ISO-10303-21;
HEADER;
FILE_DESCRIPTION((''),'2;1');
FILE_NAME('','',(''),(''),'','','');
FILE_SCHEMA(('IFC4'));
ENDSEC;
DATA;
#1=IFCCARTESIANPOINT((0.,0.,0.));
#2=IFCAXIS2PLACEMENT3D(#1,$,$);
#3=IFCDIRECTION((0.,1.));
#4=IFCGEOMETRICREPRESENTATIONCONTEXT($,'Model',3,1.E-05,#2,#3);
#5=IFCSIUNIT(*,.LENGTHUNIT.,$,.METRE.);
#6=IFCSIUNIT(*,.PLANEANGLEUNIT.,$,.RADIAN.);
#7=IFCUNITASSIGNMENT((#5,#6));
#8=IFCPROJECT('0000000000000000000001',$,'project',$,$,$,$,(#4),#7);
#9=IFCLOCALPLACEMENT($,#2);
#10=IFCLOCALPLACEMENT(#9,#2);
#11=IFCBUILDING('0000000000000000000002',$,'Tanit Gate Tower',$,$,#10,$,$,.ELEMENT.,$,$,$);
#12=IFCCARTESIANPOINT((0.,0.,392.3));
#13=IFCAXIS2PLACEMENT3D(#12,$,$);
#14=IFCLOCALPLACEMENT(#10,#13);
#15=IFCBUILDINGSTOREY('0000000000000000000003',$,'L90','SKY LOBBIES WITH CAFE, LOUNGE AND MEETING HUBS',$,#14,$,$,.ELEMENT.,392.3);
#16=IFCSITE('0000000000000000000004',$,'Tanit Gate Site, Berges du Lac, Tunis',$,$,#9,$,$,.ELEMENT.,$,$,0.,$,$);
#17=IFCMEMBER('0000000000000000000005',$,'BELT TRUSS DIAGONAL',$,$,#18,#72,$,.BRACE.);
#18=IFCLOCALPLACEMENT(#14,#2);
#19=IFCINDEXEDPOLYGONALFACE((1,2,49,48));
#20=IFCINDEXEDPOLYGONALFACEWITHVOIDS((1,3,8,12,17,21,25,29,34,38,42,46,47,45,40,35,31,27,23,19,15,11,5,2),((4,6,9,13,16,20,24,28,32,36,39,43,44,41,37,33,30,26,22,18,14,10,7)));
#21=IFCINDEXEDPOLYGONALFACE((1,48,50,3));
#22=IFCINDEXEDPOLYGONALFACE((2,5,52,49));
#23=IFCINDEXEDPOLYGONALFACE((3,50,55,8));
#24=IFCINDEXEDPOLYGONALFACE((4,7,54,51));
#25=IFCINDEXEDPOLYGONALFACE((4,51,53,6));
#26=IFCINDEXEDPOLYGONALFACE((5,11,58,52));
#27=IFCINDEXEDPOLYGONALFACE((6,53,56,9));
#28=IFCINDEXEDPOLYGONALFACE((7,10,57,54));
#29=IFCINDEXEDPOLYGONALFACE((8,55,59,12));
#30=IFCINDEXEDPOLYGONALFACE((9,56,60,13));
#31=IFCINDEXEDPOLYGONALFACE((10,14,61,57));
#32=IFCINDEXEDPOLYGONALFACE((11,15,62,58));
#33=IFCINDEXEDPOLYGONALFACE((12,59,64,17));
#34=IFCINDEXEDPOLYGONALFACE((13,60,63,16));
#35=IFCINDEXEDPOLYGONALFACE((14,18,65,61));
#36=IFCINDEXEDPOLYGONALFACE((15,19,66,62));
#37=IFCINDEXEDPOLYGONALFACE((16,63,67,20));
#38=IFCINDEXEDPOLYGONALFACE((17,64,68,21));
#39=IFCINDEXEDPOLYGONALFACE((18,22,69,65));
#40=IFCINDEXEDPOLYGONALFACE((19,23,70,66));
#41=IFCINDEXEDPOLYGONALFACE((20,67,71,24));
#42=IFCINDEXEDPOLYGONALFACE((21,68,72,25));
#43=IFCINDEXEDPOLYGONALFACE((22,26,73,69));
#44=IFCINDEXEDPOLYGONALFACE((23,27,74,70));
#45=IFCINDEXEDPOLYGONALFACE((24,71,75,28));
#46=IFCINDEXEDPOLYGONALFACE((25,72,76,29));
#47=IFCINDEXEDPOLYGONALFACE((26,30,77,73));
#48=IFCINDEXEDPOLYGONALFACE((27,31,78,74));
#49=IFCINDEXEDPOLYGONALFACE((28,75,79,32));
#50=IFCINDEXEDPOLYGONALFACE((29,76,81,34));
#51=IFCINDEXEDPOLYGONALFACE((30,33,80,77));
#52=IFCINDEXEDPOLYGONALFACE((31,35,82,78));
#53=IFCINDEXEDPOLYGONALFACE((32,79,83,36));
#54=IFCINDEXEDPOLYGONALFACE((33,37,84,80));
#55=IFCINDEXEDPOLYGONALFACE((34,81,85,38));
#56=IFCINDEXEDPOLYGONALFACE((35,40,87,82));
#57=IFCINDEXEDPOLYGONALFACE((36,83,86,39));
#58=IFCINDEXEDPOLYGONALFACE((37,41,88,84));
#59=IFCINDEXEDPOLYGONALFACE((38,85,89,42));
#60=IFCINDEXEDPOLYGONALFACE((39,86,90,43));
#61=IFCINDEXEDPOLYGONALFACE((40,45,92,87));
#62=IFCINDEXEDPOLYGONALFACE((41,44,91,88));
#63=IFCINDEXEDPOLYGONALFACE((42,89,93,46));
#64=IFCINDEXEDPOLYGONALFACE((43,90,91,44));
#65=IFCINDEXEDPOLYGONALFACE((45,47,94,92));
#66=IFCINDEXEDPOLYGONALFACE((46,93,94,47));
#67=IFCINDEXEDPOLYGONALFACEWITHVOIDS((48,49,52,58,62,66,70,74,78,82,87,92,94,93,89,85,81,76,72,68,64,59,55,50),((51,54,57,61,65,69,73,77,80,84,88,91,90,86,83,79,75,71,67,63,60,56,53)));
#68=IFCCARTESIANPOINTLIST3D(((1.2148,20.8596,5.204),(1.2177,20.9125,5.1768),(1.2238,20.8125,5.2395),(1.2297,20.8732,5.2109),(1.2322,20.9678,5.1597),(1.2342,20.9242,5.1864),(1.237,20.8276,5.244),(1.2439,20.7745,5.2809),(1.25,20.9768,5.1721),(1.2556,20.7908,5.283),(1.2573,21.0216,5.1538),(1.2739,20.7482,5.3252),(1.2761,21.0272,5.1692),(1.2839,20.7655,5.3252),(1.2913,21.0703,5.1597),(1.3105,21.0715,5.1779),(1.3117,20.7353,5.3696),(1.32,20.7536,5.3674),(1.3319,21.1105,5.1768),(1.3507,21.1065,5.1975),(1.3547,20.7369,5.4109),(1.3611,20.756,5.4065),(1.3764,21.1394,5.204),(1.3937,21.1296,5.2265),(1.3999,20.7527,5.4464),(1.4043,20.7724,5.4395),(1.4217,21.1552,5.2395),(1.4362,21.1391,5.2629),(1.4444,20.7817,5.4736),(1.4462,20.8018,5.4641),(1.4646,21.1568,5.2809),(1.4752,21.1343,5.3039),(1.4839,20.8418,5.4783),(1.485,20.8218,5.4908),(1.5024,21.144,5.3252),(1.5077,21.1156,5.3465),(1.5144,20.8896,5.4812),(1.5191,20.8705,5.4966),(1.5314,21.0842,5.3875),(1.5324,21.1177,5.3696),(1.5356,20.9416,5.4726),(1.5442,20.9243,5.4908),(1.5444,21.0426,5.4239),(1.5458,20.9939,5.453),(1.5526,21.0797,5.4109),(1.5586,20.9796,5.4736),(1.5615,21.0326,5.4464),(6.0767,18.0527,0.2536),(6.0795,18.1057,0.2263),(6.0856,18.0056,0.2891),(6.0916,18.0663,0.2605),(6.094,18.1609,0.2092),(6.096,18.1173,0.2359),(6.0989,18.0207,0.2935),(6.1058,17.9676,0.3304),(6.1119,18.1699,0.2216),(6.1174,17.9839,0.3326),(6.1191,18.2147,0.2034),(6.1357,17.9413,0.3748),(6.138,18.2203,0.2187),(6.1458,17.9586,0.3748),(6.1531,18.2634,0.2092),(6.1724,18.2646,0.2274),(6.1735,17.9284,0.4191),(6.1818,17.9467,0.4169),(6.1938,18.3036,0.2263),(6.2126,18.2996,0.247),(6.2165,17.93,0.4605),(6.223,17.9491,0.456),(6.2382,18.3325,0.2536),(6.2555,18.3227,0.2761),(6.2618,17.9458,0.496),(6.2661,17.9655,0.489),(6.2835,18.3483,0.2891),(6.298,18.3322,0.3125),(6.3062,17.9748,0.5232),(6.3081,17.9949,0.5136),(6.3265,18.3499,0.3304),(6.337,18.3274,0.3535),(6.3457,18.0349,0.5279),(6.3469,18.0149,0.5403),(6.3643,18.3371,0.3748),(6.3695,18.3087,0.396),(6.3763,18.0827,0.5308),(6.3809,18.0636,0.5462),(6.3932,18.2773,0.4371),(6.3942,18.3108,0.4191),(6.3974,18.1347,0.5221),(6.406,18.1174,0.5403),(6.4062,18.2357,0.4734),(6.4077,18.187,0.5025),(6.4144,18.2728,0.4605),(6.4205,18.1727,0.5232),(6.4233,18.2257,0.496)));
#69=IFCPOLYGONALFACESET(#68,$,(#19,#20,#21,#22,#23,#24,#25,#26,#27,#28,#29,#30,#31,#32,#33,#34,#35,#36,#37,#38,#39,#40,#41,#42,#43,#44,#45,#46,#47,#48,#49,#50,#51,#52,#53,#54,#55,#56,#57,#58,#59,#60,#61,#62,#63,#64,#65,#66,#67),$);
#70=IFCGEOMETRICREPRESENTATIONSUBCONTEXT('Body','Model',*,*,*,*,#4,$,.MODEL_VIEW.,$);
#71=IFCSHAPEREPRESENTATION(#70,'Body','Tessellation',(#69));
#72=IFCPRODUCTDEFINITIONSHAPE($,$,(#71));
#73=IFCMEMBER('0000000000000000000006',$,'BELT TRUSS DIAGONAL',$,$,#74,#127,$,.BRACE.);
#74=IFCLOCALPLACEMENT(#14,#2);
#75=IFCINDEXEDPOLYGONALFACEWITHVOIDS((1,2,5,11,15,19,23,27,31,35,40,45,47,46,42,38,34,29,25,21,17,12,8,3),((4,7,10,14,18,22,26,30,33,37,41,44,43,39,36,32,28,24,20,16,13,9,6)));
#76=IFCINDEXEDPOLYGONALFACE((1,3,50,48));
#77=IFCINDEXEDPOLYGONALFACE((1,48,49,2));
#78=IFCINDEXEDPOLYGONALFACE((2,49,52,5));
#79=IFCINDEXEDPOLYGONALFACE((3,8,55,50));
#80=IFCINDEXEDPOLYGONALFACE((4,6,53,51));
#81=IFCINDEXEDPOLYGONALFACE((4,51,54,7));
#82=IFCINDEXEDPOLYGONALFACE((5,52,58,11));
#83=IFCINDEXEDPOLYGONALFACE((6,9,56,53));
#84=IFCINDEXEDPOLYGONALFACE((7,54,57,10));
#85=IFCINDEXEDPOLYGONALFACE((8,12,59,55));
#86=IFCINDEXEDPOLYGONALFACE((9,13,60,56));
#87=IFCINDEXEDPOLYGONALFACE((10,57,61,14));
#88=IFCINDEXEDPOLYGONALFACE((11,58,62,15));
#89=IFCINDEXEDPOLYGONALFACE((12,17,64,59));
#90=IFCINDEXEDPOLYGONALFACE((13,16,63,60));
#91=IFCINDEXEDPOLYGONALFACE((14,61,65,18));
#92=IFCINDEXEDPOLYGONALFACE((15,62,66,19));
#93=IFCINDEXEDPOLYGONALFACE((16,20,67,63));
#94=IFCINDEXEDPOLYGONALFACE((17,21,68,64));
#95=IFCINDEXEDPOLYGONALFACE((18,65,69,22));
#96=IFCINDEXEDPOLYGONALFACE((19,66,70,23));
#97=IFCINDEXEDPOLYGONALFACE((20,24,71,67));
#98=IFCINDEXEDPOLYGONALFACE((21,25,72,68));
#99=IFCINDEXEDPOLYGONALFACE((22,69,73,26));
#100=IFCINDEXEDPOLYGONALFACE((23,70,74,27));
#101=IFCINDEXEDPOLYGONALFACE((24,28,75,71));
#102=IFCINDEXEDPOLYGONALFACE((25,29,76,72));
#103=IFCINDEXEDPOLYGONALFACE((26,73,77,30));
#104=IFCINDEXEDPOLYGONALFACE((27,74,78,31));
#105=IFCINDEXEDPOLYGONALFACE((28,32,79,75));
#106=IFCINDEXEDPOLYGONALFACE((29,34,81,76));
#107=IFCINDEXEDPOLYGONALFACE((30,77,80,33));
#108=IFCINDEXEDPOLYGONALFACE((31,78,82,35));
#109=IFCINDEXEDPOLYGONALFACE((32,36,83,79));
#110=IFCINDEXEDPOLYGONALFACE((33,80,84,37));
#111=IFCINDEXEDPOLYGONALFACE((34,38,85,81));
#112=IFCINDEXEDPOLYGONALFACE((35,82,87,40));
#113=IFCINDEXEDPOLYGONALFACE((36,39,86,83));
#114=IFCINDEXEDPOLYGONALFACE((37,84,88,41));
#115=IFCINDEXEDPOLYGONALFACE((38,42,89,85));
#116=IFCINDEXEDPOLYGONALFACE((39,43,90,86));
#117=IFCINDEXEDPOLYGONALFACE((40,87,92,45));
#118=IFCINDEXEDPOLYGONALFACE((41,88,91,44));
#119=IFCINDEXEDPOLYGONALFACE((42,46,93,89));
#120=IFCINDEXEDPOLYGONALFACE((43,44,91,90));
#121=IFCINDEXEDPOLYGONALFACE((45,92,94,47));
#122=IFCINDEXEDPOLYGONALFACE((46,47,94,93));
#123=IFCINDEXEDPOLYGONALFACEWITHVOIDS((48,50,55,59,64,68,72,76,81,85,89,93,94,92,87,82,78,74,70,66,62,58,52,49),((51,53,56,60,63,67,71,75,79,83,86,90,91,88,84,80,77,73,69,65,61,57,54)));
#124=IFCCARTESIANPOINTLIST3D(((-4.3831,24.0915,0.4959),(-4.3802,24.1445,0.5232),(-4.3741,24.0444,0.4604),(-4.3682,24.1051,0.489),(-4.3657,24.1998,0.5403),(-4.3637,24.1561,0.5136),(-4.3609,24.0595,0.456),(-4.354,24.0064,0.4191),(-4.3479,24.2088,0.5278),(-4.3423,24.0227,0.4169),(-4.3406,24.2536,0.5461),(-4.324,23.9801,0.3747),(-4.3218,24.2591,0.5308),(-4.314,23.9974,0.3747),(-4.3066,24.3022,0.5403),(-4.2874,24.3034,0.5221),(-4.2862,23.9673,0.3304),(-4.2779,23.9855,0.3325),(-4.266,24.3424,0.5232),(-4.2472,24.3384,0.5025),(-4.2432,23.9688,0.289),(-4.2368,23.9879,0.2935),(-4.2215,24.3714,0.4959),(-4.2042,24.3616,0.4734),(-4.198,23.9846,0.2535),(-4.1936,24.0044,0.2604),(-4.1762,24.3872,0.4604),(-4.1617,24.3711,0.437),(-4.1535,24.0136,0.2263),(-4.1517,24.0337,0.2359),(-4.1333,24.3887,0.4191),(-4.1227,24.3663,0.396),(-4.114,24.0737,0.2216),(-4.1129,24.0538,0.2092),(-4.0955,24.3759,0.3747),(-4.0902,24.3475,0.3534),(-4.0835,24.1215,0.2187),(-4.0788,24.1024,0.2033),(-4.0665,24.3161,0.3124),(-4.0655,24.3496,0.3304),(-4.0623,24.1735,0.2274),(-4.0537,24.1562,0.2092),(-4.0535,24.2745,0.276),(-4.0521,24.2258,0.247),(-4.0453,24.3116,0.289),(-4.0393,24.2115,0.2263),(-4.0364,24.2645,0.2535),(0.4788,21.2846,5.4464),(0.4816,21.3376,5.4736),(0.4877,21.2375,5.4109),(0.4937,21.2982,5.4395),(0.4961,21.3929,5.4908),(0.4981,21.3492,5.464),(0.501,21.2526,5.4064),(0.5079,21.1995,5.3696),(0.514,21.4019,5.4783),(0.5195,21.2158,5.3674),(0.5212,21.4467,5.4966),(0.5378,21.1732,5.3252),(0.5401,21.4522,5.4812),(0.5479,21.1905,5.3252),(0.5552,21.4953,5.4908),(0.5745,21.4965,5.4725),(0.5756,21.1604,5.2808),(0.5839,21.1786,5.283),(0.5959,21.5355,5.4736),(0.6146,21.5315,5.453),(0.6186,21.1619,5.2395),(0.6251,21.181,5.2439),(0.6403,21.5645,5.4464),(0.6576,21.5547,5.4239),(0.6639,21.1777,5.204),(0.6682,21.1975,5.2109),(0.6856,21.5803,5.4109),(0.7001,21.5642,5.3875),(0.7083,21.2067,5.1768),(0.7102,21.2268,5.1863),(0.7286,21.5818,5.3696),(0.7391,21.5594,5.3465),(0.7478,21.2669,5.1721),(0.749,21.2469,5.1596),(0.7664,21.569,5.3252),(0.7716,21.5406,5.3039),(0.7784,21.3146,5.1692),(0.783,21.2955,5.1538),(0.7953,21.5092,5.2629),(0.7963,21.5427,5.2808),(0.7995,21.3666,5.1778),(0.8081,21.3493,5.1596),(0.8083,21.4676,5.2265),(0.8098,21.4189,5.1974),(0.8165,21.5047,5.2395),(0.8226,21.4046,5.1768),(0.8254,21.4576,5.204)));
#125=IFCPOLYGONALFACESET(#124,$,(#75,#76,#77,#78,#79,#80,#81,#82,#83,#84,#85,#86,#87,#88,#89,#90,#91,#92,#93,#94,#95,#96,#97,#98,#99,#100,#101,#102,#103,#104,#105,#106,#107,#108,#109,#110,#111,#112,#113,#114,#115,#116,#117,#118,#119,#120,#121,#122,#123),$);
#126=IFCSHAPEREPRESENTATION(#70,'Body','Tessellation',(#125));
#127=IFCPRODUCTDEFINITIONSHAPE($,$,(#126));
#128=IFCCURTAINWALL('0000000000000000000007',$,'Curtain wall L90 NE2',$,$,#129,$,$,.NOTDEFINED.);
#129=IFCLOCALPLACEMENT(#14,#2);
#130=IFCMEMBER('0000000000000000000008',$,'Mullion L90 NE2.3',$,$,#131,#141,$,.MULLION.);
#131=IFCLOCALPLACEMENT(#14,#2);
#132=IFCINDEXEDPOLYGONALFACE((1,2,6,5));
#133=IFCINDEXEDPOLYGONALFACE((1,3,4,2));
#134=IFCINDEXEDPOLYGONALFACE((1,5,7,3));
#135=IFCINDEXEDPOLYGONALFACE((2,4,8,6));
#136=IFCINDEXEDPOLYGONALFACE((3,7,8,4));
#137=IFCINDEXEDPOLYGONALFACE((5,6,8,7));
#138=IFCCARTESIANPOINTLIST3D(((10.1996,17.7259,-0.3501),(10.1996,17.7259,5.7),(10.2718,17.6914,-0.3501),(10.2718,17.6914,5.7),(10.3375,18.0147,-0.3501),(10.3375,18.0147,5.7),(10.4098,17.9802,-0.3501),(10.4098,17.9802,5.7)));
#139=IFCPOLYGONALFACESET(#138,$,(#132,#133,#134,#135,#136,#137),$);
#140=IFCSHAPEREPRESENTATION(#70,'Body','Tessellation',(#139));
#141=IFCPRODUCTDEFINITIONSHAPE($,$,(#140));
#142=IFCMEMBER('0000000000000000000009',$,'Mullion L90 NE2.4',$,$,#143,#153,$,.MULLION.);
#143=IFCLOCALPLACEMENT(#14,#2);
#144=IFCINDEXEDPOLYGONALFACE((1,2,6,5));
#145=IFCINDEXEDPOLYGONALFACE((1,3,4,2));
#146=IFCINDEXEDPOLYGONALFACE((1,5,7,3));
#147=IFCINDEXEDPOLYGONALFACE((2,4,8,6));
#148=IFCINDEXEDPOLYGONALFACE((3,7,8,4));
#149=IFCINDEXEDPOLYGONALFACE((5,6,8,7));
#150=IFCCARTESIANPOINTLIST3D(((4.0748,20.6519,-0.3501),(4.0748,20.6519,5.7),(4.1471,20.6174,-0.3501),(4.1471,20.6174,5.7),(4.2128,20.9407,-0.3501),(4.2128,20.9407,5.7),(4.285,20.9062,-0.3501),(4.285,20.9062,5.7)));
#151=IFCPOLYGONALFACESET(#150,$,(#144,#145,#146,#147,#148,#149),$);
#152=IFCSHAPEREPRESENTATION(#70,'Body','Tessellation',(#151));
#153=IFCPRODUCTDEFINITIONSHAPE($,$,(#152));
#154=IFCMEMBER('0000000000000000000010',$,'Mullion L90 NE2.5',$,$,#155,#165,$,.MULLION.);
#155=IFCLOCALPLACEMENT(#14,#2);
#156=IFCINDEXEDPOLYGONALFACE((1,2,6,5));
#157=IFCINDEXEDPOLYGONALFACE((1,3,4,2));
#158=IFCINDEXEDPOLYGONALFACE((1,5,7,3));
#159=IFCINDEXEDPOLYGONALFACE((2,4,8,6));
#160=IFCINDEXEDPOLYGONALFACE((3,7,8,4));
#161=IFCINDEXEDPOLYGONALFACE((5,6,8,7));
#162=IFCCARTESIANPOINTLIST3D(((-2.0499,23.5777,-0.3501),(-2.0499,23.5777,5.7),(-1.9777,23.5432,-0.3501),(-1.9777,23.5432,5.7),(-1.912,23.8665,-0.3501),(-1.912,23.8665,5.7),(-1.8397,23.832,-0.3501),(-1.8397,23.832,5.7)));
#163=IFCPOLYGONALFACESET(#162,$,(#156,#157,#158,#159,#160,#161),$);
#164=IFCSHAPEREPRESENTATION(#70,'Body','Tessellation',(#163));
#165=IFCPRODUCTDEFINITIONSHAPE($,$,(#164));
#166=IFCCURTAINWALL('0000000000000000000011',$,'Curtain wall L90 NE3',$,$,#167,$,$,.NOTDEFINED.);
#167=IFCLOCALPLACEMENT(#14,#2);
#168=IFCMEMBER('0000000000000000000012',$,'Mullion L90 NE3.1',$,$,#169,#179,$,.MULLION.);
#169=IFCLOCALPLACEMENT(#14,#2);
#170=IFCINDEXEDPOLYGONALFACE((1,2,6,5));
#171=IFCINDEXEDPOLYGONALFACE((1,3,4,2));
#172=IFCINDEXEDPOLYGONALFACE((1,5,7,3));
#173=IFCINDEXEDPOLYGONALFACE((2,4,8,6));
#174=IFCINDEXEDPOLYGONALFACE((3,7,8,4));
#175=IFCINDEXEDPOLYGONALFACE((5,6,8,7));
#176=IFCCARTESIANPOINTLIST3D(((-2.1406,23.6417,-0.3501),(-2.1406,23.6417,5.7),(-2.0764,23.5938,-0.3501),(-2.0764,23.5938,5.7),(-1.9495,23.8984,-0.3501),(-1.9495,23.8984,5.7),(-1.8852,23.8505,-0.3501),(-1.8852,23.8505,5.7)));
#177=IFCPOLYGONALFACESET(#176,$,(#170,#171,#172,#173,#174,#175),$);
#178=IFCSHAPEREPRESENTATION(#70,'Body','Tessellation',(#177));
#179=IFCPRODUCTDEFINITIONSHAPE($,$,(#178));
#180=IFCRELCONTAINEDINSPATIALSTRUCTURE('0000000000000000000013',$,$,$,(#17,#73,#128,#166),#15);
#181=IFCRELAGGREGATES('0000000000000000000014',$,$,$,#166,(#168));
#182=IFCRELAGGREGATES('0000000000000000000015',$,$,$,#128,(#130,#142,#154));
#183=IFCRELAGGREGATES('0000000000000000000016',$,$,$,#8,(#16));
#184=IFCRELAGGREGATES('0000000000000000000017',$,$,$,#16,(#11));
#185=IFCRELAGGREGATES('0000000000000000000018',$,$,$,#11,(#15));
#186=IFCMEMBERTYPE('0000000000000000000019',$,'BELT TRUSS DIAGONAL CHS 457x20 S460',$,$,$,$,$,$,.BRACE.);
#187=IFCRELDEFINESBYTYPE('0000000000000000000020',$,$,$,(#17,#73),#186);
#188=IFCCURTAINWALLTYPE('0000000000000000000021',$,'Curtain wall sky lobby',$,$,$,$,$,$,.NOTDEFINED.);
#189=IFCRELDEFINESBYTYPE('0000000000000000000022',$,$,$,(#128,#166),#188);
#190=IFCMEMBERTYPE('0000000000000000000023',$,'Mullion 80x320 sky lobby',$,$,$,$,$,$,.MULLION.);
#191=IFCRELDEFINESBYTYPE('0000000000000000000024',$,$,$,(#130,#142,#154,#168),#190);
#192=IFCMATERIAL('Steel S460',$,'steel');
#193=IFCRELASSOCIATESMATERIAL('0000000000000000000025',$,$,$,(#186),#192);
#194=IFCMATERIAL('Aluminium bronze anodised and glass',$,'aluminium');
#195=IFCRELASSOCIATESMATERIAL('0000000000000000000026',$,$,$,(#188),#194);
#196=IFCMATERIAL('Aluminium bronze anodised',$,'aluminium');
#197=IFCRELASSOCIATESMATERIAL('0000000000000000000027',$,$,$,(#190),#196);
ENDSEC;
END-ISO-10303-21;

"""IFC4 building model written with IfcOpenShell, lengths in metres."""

from ifc_helpers import new_model, si_unit, direction, frame, origin, origin_2d, place, context, subcontext, project, spatial, rectangle, hollow_circle, extrude, material, material_profile, profile_set, type_object, element, aggregate, save


model = new_model("IFC4")

# Units and contexts
model_context = context("Model", 3, precision=1e-05, world=origin(), true_north=direction((0.0, 1.0)))
body_context = subcontext(model_context, "Body", "Model", "MODEL_VIEW")
ifc_project = project(units=[si_unit("LENGTHUNIT", "METRE"), si_unit("PLANEANGLEUNIT", "RADIAN")], contexts=[model_context])

# Site, building, storey
site_placement = place(None, origin())
site = spatial("IfcSite", under=ifc_project, at=site_placement, Name="Tanit Gate Site, Berges du Lac, Tunis", CompositionType="ELEMENT", RefElevation=0.0)
building_placement = place(site_placement, origin())
building = spatial("IfcBuilding", under=site, at=building_placement, Name="Tanit Gate Tower", CompositionType="ELEMENT")
storey_placement = place(building_placement, frame((0.0, 0.0, 392.3)))
storey = spatial("IfcBuildingStorey", under=building, at=storey_placement, Name="L90", Description="SKY LOBBIES WITH CAFE, LOUNGE AND MEETING HUBS", CompositionType="ELEMENT", Elevation=392.3)

# Members
ifc_material_1 = material(Name="Steel S460", Category="steel")
ifc_material_profile_1 = material_profile(ifc_material_1, hollow_circle(Radius=0.2285, WallThickness=0.02, at=origin_2d()), Name="CHS 457x20")
ifc_profile_set_1 = profile_set([ifc_material_profile_1], Name="Steel S460")
member_type_1 = type_object("IfcMemberType", Name="BELT TRUSS DIAGONAL CHS 457x20 S460", PredefinedType="BRACE", material=ifc_profile_set_1)
for number, where, z_axis, x_axis, name in (
    (1, (6.25, 18.1392, 0.3748), (-0.649556, 0.37501, 0.661396), (-0.499988, -0.866032, 0.0), "BELT TRUSS DIAGONAL"),
    (2, (0.6521, 21.3711, 5.3252), (-0.649556, 0.37501, -0.661396), (-0.499988, -0.866032, 0.0), "BELT TRUSS DIAGONAL"),
):
    element("IfcMember", number, at=place(storey_placement, frame(where, z_axis=z_axis, x_axis=x_axis)), inside=storey, type_object=member_type_1, Name=name, PredefinedType="BRACE", context=body_context, shape_type="SweptSolid", body=[
        extrude(hollow_circle(Radius=0.2285, WallThickness=0.02, at=origin_2d()), origin(), (0.0, 0.0, 1.0), 7.4849),
    ])

# Curtain wall, members
ifc_material_2 = material(Name="Aluminium bronze anodised and glass", Category="aluminium")
curtain_wall_type = type_object("IfcCurtainWallType", Name="Curtain wall sky lobby", PredefinedType="NOTDEFINED", material=ifc_material_2)
curtain_wall_1_placement = place(storey_placement, origin())
curtain_wall_1 = element("IfcCurtainWall", 3, at=curtain_wall_1_placement, inside=storey, type_object=curtain_wall_type, Name="Curtain wall L90 NE2", PredefinedType="NOTDEFINED")
ifc_material_3 = material(Name="Aluminium bronze anodised", Category="aluminium")
ifc_material_profile_2 = material_profile(ifc_material_3, rectangle(XDim=0.3201, YDim=0.0801, at=origin_2d()), Name="80x320 bronze mullion")
ifc_profile_set_2 = profile_set([ifc_material_profile_2], Name="Aluminium bronze anodised")
member_type_2 = type_object("IfcMemberType", Name="Mullion 80x320 sky lobby", PredefinedType="MULLION", material=ifc_profile_set_2)
member_1_placement = place(storey_placement, frame((10.3047, 17.853, -0.3501), z_axis=(0.0, 0.0, 1.0), x_axis=(-0.431073, -0.902317, 0.0)))
member_1 = element("IfcMember", 4, at=member_1_placement, type_object=member_type_2, Name="Mullion L90 NE2.3", PredefinedType="MULLION", context=body_context, shape_type="SweptSolid", body=[
    extrude(rectangle(XDim=0.3201, YDim=0.0801, at=origin_2d()), origin(), (0.0, 0.0, 1.0), 6.05),
])
member_2_placement = place(storey_placement, frame((4.1799, 20.7791, -0.3501), z_axis=(0.0, 0.0, 1.0), x_axis=(-0.431073, -0.902317, 0.0)))
member_2 = element("IfcMember", 5, at=member_2_placement, type_object=member_type_2, Name="Mullion L90 NE2.4", PredefinedType="MULLION", context=body_context, shape_type="SweptSolid", body=[
    extrude(rectangle(XDim=0.3201, YDim=0.0801, at=origin_2d()), origin(), (0.0, 0.0, 1.0), 6.05),
])
member_3_placement = place(storey_placement, frame((-1.9448, 23.7048, -0.3501), z_axis=(0.0, 0.0, 1.0), x_axis=(-0.431073, -0.902317, 0.0)))
member_3 = element("IfcMember", 6, at=member_3_placement, type_object=member_type_2, Name="Mullion L90 NE2.5", PredefinedType="MULLION", context=body_context, shape_type="SweptSolid", body=[
    extrude(rectangle(XDim=0.3201, YDim=0.0801, at=origin_2d()), origin(), (0.0, 0.0, 1.0), 6.05),
])

# Curtain wall, member
curtain_wall_2_placement = place(storey_placement, origin())
curtain_wall_2 = element("IfcCurtainWall", 7, at=curtain_wall_2_placement, inside=storey, type_object=curtain_wall_type, Name="Curtain wall L90 NE3", PredefinedType="NOTDEFINED")
member_4_placement = place(storey_placement, frame((-2.0129, 23.7461, -0.3501), z_axis=(0.0, 0.0, 1.0), x_axis=(-0.597341, -0.801988, 0.0)))
member_4 = element("IfcMember", 8, at=member_4_placement, type_object=member_type_2, Name="Mullion L90 NE3.1", PredefinedType="MULLION", context=body_context, shape_type="SweptSolid", body=[
    extrude(rectangle(XDim=0.3201, YDim=0.0801, at=origin_2d()), origin(), (0.0, 0.0, 1.0), 6.05),
])

aggregate(curtain_wall_2, [member_4])

aggregate(curtain_wall_1, [member_1, member_2, member_3])

save(model, "model.ifc")
